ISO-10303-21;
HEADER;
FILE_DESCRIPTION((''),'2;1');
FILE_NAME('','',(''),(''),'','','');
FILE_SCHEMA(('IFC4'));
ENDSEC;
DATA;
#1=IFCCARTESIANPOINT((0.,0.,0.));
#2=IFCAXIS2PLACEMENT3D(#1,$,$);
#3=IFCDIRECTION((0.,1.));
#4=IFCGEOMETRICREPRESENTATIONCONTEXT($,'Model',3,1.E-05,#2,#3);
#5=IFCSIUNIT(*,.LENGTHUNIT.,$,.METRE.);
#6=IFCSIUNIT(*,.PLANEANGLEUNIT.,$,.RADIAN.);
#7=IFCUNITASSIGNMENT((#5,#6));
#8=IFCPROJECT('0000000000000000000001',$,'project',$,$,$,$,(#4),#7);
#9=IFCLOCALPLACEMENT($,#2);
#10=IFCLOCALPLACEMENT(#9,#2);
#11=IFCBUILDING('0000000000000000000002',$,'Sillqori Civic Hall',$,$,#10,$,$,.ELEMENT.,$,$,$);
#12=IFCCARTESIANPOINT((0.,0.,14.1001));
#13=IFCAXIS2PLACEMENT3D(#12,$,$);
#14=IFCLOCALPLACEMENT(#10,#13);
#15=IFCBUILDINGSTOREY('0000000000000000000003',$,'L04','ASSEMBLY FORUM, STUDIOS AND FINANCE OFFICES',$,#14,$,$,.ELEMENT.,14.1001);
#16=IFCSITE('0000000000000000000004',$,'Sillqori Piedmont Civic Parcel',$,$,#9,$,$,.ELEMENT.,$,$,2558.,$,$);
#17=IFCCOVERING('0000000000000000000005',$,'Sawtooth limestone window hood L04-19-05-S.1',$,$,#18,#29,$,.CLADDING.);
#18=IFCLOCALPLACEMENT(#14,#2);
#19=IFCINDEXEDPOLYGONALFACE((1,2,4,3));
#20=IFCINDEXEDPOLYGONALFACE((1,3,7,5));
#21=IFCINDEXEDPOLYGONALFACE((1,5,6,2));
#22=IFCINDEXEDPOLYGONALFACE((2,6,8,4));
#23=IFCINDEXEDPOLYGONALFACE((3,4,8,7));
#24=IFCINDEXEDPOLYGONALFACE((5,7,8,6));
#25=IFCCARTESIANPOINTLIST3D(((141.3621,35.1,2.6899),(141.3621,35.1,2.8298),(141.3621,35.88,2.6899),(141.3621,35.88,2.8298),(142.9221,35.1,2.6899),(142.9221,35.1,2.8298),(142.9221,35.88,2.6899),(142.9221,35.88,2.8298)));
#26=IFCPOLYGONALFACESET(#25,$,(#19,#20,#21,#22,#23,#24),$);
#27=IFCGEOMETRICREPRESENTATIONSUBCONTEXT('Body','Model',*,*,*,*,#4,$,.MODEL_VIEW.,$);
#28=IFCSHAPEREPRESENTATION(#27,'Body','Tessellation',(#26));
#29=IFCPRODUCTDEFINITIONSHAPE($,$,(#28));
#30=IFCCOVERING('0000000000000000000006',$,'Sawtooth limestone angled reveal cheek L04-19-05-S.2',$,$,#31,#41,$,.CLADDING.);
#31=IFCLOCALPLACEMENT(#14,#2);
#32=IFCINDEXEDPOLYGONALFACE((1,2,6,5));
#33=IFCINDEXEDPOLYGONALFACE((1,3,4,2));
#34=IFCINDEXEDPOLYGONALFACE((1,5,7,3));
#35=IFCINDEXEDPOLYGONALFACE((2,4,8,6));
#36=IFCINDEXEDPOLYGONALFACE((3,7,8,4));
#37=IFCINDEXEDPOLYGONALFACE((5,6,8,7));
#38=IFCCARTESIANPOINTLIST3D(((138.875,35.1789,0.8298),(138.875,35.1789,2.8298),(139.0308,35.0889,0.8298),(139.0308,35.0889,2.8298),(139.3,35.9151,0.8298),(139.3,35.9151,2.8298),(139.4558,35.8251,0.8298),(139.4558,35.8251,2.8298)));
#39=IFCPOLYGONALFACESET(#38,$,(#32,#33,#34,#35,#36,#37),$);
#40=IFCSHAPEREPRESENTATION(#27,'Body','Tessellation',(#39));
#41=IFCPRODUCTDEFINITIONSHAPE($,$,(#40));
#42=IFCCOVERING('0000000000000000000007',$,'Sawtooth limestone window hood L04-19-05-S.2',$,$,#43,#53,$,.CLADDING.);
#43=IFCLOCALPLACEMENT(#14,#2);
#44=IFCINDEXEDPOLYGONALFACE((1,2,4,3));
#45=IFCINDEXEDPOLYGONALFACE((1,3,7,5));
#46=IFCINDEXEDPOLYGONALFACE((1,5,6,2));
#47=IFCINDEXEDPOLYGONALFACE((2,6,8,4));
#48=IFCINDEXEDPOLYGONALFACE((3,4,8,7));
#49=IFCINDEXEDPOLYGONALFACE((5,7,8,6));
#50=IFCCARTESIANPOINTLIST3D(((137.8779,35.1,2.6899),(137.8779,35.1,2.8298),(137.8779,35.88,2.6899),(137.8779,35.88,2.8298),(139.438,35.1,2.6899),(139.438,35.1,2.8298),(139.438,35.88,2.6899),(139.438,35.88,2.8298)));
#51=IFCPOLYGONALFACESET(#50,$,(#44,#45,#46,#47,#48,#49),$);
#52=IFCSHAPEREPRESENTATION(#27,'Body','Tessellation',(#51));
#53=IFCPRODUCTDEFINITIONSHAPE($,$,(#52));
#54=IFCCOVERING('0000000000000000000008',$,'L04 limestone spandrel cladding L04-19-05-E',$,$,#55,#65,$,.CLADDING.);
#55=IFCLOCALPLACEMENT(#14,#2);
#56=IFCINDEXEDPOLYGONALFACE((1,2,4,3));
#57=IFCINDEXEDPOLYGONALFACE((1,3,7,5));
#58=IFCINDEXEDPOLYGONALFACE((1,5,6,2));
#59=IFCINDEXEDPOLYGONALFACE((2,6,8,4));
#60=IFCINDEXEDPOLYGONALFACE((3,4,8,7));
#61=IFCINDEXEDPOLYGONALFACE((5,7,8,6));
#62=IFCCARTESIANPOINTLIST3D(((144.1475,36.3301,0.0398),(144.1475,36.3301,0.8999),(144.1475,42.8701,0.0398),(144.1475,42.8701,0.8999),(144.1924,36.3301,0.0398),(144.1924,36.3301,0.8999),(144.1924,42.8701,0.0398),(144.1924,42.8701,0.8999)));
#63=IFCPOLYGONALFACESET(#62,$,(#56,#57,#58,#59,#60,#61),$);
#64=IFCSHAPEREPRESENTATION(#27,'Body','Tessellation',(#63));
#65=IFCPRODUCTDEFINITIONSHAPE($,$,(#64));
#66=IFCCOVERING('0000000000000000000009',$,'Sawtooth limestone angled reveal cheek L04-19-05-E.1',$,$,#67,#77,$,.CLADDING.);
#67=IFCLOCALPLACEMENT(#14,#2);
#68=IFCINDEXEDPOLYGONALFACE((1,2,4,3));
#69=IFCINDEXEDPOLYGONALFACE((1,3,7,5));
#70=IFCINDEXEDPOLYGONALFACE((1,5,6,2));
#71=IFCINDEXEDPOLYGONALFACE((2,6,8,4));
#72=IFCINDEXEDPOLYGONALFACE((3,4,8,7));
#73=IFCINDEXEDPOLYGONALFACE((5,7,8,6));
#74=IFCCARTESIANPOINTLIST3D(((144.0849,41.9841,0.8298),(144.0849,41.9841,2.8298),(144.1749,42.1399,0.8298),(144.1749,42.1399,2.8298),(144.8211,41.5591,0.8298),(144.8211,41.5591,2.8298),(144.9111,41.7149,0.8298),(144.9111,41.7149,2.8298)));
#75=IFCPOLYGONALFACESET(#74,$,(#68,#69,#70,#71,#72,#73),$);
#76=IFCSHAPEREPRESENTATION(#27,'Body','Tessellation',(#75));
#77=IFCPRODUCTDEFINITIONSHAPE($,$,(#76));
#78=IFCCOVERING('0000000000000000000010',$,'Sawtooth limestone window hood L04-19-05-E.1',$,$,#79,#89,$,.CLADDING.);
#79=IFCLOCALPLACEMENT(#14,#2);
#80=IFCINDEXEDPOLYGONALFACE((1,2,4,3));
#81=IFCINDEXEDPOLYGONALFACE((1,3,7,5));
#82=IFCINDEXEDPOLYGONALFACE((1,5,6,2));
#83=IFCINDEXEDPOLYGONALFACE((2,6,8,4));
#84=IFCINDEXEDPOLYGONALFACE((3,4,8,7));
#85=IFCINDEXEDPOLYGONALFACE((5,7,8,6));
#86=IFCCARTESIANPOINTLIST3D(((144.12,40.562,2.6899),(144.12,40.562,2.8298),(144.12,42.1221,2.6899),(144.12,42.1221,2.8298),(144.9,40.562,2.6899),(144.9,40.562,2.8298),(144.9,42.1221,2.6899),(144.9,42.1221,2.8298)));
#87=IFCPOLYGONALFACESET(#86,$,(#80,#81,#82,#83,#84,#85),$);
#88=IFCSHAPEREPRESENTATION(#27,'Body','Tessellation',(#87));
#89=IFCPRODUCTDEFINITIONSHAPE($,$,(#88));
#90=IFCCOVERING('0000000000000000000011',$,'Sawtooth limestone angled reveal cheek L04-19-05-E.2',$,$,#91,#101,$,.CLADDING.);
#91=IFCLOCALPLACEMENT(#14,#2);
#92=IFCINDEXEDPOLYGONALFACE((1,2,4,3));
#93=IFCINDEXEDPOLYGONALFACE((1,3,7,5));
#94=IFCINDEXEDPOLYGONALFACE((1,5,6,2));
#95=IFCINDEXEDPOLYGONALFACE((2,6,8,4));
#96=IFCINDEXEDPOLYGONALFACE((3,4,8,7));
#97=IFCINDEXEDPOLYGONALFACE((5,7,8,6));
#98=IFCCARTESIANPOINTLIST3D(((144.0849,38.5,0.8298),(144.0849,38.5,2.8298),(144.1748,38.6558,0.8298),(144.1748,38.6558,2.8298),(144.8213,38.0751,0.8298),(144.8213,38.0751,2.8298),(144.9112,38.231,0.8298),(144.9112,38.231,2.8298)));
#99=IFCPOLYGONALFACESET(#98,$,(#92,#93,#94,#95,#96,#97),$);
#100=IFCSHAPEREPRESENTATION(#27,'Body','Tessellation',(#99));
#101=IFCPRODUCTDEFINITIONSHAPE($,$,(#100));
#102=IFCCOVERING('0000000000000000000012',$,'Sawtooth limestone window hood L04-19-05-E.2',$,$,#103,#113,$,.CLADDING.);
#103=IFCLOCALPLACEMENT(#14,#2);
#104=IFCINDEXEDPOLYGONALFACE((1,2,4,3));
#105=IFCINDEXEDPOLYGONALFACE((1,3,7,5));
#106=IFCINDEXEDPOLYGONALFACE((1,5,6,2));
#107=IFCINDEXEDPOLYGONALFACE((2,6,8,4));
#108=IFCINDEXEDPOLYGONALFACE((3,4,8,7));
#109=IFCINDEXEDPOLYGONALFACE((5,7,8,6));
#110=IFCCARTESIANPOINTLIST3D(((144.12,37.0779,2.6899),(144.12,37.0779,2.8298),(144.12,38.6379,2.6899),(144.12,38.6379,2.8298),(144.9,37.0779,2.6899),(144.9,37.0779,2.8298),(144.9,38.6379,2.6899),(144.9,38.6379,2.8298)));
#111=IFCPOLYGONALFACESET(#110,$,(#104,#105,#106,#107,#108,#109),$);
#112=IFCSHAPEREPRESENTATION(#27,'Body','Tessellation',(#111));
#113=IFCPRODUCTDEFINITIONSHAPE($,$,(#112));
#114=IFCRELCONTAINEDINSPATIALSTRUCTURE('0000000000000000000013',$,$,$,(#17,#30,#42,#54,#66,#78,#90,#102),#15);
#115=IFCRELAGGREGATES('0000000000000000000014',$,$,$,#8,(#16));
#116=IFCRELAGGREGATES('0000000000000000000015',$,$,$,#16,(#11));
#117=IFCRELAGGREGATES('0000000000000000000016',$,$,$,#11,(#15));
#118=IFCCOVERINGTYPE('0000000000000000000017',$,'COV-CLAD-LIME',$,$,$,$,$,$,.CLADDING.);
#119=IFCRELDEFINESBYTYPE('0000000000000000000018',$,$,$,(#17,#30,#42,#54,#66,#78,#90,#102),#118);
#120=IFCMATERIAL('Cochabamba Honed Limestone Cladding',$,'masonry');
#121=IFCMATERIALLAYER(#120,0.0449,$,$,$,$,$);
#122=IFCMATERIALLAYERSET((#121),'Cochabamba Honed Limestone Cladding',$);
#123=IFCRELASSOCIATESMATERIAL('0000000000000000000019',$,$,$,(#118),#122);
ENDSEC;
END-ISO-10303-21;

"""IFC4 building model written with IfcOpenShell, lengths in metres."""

from ifc_helpers import new_model, si_unit, direction, frame, frame_2d, origin, place, context, subcontext, project, spatial, rectangle, extrude, material, layer, layer_set, type_object, element, save


model = new_model("IFC4")

# Units and contexts
model_context = context("Model", 3, precision=1e-05, world=origin(), true_north=direction((0.0, 1.0)))
body_context = subcontext(model_context, "Body", "Model", "MODEL_VIEW")
ifc_project = project(units=[si_unit("LENGTHUNIT", "METRE"), si_unit("PLANEANGLEUNIT", "RADIAN")], contexts=[model_context])

# Site, building, storey
site_placement = place(None, origin())
site = spatial("IfcSite", under=ifc_project, at=site_placement, Name="Sillqori Piedmont Civic Parcel", CompositionType="ELEMENT", RefElevation=2558.0)
building_placement = place(site_placement, origin())
building = spatial("IfcBuilding", under=site, at=building_placement, Name="Sillqori Civic Hall", CompositionType="ELEMENT")
storey_placement = place(building_placement, frame((0.0, 0.0, 14.1001)))
storey = spatial("IfcBuildingStorey", under=building, at=storey_placement, Name="L04", Description="ASSEMBLY FORUM, STUDIOS AND FINANCE OFFICES", CompositionType="ELEMENT", Elevation=14.1001)

# Coverings
ifc_material_1 = material(Name="Cochabamba Honed Limestone Cladding", Category="masonry")
ifc_layer_1 = layer(ifc_material_1, 0.0449)
ifc_layer_set_1 = layer_set([ifc_layer_1], Name="Cochabamba Honed Limestone Cladding")
covering_type = type_object("IfcCoveringType", Name="COV-CLAD-LIME", PredefinedType="CLADDING", material=ifc_layer_set_1)
covering_1_placement = place(storey_placement, frame((142.9221, 35.49, 2.6899), z_axis=(0.0, 0.0, 1.0), x_axis=(-1.0, 0.0, 0.0)))
element("IfcCovering", 1, at=covering_1_placement, inside=storey, type_object=covering_type, Name="Sawtooth limestone window hood L04-19-05-S.1", PredefinedType="CLADDING", context=body_context, shape_type="SweptSolid", body=[
    extrude(rectangle(XDim=1.5601, YDim=0.78, at=frame_2d((0.78, 0.0))), origin(), (0.0, 0.0, 1.0), 0.1399),
])
covering_2_placement = place(storey_placement, frame((139.3779, 35.8701, 0.8298), z_axis=(0.0, 0.0, 1.0), x_axis=(-0.499938, -0.866061, 0.0)))
element("IfcCovering", 2, at=covering_2_placement, inside=storey, type_object=covering_type, Name="Sawtooth limestone angled reveal cheek L04-19-05-S.2", PredefinedType="CLADDING", context=body_context, shape_type="SweptSolid", body=[
    extrude(rectangle(XDim=0.8501, YDim=0.1799, at=frame_2d((0.425, 0.0))), origin(), (0.0, 0.0, 1.0), 2.0),
])
covering_3_placement = place(storey_placement, frame((139.438, 35.49, 2.6899), z_axis=(0.0, 0.0, 1.0), x_axis=(-1.0, 0.0, 0.0)))
element("IfcCovering", 3, at=covering_3_placement, inside=storey, type_object=covering_type, Name="Sawtooth limestone window hood L04-19-05-S.2", PredefinedType="CLADDING", context=body_context, shape_type="SweptSolid", body=[
    extrude(rectangle(XDim=1.5601, YDim=0.78, at=frame_2d((0.78, 0.0))), origin(), (0.0, 0.0, 1.0), 0.1399),
])
covering_4_placement = place(storey_placement, frame((144.1699, 42.8701, 0.0398), z_axis=(0.0, 0.0, 1.0), x_axis=(0.0, -1.0, 0.0)))
element("IfcCovering", 4, at=covering_4_placement, inside=storey, type_object=covering_type, Name="L04 limestone spandrel cladding L04-19-05-E", PredefinedType="CLADDING", context=body_context, shape_type="SweptSolid", body=[
    extrude(rectangle(XDim=6.54, YDim=0.0449, at=frame_2d((3.27, 0.0))), origin(), (0.0, 0.0, 1.0), 0.8601),
])
covering_5_placement = place(storey_placement, frame((144.1299, 42.062, 0.8298), z_axis=(0.0, 0.0, 1.0), x_axis=(0.866061, -0.499938, 0.0)))
element("IfcCovering", 5, at=covering_5_placement, inside=storey, type_object=covering_type, Name="Sawtooth limestone angled reveal cheek L04-19-05-E.1", PredefinedType="CLADDING", context=body_context, shape_type="SweptSolid", body=[
    extrude(rectangle(XDim=0.8501, YDim=0.1799, at=frame_2d((0.425, 0.0))), origin(), (0.0, 0.0, 1.0), 2.0),
])
covering_6_placement = place(storey_placement, frame((144.51, 42.1221, 2.6899), z_axis=(0.0, 0.0, 1.0), x_axis=(0.0, -1.0, 0.0)))
element("IfcCovering", 6, at=covering_6_placement, inside=storey, type_object=covering_type, Name="Sawtooth limestone window hood L04-19-05-E.1", PredefinedType="CLADDING", context=body_context, shape_type="SweptSolid", body=[
    extrude(rectangle(XDim=1.5601, YDim=0.78, at=frame_2d((0.78, 0.0))), origin(), (0.0, 0.0, 1.0), 0.1399),
])
covering_7_placement = place(storey_placement, frame((144.1299, 38.5779, 0.8298), z_axis=(0.0, 0.0, 1.0), x_axis=(0.866186, -0.499722, 0.0)))
element("IfcCovering", 7, at=covering_7_placement, inside=storey, type_object=covering_type, Name="Sawtooth limestone angled reveal cheek L04-19-05-E.2", PredefinedType="CLADDING", context=body_context, shape_type="SweptSolid", body=[
    extrude(rectangle(XDim=0.8501, YDim=0.1799, at=frame_2d((0.425, 0.0))), origin(), (0.0, 0.0, 1.0), 2.0),
])
covering_8_placement = place(storey_placement, frame((144.51, 38.6379, 2.6899), z_axis=(0.0, 0.0, 1.0), x_axis=(0.0, -1.0, 0.0)))
element("IfcCovering", 8, at=covering_8_placement, inside=storey, type_object=covering_type, Name="Sawtooth limestone window hood L04-19-05-E.2", PredefinedType="CLADDING", context=body_context, shape_type="SweptSolid", body=[
    extrude(rectangle(XDim=1.5601, YDim=0.78, at=frame_2d((0.78, 0.0))), origin(), (0.0, 0.0, 1.0), 0.1399),
])

save(model, "model.ifc")
